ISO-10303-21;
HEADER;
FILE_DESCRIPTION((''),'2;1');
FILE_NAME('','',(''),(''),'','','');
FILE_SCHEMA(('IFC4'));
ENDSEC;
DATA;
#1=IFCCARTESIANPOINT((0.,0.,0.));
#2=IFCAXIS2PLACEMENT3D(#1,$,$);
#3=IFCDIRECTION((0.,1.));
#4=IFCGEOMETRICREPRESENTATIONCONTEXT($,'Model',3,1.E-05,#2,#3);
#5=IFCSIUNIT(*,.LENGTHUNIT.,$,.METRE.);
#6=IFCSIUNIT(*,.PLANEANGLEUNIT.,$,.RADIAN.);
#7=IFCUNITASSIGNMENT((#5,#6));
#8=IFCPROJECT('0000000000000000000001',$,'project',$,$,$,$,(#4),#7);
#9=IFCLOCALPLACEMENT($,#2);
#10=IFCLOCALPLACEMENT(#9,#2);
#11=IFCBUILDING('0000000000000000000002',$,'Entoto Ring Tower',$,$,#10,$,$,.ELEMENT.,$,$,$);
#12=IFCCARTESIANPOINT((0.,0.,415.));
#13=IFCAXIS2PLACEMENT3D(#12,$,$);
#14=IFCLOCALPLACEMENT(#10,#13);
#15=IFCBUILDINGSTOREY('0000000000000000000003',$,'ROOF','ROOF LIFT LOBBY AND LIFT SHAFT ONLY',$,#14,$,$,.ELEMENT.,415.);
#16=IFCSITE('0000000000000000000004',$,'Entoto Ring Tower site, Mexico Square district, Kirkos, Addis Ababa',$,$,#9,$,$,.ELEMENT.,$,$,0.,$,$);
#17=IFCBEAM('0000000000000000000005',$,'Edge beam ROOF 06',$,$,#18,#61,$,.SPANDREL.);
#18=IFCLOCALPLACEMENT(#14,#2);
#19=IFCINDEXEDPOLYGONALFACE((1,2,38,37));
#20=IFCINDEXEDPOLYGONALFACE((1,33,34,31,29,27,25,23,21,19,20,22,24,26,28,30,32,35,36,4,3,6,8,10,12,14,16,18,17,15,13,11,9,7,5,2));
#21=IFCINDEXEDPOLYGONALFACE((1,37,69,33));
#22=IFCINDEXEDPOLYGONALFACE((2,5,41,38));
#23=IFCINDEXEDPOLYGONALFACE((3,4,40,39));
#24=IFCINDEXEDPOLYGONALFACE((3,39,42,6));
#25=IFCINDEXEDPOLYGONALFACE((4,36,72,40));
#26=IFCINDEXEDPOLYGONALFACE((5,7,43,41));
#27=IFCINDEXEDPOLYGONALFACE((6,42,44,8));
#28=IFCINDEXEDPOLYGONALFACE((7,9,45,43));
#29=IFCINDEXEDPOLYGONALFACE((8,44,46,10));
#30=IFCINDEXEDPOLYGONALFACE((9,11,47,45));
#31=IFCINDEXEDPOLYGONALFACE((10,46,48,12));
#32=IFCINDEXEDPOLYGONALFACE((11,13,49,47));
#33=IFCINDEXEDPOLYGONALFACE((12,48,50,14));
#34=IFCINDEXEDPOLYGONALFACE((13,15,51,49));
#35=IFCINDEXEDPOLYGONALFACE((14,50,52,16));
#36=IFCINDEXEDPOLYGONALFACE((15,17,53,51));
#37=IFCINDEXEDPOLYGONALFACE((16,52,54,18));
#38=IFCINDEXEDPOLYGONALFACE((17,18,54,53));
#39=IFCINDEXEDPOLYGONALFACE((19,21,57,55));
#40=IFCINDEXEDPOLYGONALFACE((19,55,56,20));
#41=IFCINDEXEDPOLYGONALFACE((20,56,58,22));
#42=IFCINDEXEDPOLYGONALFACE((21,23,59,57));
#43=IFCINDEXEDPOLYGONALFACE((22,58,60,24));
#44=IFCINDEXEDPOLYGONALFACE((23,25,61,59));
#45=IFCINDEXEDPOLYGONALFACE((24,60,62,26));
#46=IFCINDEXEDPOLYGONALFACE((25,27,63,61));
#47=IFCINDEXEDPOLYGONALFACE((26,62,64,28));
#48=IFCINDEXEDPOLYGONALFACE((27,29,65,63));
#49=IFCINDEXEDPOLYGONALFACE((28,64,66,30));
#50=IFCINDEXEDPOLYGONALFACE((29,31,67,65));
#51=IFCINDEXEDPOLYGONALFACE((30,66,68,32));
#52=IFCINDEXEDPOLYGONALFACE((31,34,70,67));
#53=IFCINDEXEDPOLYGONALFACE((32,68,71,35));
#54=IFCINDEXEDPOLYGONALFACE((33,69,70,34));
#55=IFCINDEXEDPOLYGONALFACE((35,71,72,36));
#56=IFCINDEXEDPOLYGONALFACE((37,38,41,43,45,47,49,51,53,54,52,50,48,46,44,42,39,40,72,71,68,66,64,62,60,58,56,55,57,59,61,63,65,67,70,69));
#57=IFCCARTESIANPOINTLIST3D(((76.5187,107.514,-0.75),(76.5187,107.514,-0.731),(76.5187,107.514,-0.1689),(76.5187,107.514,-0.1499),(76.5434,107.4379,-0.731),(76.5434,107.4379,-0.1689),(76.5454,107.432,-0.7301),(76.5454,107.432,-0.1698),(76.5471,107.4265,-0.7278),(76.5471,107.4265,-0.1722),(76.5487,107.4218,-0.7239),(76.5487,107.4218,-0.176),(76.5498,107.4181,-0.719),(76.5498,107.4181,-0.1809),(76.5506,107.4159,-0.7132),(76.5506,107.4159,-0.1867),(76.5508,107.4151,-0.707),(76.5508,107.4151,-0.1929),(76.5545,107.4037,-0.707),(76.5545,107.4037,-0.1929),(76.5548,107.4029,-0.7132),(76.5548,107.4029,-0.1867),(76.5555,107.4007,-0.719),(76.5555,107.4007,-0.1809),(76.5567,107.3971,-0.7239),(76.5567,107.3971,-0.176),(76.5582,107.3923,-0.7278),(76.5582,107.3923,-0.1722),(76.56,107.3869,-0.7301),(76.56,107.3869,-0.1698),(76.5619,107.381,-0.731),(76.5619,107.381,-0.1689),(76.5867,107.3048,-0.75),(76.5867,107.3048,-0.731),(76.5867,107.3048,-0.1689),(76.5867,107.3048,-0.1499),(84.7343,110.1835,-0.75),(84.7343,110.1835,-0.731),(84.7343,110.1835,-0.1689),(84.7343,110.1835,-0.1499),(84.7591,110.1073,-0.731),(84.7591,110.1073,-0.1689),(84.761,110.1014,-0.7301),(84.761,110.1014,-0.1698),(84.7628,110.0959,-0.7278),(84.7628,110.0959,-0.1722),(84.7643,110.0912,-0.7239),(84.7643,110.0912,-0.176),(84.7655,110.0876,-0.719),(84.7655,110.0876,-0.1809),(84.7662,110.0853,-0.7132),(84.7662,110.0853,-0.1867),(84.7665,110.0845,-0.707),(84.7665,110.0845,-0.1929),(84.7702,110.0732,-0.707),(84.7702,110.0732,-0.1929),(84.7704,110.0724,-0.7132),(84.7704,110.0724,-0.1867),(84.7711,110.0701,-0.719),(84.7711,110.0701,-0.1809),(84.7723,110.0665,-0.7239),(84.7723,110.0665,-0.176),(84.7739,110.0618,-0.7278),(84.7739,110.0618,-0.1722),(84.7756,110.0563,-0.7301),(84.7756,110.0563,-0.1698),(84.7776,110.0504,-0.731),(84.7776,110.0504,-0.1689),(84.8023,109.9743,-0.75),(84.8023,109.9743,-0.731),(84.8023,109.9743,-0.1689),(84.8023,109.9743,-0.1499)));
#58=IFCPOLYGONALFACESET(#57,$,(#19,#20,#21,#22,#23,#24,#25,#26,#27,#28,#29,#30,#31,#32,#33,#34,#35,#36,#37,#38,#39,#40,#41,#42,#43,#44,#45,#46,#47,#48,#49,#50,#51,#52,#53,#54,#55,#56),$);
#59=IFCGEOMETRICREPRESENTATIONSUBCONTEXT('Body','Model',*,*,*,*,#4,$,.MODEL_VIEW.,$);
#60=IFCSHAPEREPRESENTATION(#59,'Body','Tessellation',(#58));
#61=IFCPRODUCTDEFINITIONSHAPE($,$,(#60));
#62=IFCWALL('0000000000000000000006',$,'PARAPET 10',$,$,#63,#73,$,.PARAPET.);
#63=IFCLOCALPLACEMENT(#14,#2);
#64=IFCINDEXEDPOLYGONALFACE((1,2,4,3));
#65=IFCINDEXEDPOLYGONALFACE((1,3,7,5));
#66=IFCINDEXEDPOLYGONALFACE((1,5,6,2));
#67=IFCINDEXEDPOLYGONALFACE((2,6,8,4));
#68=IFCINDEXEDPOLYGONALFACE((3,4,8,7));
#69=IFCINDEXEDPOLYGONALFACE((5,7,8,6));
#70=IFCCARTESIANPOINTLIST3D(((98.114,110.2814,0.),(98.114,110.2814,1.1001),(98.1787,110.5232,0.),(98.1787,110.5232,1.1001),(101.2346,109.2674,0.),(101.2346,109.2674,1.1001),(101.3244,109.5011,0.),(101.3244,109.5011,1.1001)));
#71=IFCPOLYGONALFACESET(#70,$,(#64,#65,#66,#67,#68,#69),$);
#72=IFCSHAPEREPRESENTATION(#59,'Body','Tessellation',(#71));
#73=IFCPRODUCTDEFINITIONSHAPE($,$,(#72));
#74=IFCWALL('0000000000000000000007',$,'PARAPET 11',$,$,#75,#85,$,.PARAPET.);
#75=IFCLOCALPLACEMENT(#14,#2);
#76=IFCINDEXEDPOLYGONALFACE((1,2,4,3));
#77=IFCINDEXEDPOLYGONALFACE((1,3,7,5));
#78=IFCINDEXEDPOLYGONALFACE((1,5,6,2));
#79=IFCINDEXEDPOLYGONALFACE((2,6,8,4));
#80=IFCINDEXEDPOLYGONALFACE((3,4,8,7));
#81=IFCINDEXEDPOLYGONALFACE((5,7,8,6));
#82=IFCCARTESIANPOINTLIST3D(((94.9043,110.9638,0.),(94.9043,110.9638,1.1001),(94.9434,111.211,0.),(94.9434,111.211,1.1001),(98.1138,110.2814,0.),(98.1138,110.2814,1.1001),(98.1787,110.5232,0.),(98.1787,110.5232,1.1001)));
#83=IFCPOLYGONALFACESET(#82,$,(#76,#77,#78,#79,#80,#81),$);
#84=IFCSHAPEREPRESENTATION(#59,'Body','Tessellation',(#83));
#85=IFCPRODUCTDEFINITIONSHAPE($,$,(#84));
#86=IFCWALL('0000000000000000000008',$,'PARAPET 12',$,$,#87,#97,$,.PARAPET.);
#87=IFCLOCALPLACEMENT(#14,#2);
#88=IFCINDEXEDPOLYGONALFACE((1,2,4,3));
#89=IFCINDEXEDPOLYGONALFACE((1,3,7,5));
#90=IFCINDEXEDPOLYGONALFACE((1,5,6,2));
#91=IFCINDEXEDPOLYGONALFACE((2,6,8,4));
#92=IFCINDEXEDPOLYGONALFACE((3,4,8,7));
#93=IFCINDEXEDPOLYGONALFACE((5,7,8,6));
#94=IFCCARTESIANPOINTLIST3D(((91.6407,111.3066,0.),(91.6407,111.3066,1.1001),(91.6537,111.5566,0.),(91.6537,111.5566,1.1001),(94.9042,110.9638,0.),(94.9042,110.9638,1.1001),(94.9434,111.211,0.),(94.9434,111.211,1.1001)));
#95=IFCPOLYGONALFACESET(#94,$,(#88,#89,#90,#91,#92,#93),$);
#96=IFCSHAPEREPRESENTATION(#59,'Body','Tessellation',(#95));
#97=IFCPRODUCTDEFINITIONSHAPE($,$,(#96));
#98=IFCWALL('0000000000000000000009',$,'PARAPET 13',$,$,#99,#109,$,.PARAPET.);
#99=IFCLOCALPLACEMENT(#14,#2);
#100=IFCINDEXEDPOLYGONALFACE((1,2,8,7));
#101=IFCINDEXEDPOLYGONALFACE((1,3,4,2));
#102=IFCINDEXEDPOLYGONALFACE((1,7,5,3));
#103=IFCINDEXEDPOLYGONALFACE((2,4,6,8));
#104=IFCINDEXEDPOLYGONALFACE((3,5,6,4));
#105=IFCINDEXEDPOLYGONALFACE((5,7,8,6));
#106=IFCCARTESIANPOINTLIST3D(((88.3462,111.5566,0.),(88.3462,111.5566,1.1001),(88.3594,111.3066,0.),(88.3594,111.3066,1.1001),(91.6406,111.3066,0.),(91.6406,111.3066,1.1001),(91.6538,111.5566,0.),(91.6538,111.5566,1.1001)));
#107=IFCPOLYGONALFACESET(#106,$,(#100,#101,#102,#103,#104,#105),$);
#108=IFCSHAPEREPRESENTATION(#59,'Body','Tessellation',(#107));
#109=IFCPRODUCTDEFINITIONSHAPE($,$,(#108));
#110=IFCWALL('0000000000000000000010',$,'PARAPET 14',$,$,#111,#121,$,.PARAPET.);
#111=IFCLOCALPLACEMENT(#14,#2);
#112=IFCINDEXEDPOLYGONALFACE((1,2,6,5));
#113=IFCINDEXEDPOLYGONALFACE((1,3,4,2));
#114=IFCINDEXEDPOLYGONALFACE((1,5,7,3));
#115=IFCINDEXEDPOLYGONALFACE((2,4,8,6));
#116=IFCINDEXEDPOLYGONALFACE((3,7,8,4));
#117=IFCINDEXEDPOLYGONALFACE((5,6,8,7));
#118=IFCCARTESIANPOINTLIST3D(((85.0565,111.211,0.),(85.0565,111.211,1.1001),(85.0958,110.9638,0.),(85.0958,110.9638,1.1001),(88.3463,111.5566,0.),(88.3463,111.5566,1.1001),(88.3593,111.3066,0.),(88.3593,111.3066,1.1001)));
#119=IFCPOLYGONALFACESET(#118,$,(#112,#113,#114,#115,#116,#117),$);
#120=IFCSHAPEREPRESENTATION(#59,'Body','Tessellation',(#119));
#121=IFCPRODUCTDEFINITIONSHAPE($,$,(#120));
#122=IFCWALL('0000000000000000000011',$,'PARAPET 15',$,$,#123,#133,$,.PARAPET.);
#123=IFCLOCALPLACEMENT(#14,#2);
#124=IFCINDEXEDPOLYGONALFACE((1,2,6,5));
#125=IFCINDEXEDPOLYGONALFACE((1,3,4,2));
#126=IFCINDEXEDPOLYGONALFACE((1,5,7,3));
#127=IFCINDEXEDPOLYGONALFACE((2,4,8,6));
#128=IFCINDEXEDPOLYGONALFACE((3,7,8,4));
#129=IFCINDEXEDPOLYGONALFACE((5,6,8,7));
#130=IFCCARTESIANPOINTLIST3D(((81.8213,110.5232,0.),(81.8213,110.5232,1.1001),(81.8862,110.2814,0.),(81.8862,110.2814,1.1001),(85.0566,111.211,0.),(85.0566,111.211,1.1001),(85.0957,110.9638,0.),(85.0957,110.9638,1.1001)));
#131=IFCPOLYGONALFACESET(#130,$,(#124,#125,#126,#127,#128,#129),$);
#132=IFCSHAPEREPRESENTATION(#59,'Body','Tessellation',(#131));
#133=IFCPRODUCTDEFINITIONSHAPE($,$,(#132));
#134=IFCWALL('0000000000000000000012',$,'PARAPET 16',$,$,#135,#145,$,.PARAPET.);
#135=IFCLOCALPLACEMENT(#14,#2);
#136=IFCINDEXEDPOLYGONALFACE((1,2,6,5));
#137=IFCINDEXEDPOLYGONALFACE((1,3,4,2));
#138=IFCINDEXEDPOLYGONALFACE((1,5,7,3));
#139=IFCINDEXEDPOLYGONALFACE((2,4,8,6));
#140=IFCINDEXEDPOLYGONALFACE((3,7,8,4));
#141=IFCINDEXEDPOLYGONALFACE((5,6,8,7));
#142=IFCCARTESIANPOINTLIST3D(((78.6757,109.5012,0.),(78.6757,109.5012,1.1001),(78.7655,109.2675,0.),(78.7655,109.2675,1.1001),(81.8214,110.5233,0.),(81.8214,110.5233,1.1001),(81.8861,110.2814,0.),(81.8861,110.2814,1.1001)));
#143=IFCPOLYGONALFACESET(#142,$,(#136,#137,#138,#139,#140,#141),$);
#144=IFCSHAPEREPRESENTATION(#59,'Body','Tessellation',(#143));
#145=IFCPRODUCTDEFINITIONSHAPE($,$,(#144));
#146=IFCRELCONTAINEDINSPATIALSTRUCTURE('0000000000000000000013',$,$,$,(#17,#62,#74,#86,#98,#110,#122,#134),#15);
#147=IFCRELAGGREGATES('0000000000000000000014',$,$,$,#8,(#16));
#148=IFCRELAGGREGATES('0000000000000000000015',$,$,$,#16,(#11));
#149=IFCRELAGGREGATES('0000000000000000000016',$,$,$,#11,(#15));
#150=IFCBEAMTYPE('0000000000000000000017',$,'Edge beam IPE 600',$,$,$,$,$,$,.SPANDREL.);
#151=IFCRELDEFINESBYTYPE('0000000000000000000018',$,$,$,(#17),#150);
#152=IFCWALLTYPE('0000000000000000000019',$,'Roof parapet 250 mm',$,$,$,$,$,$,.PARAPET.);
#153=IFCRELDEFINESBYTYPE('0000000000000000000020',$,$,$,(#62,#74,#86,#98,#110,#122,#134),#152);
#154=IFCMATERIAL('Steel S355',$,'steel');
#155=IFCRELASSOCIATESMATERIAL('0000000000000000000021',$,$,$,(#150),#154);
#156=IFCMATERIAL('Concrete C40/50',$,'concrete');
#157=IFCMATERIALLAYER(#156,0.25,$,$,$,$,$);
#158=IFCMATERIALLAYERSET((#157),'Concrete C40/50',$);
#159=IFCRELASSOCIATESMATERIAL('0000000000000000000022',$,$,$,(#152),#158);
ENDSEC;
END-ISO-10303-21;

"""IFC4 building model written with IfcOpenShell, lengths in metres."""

from ifc_helpers import new_model, si_unit, direction, frame, origin, origin_2d, place, context, subcontext, project, spatial, polyline, i_section, outline, extrude, material, layer, layer_set, material_profile, profile_set, type_object, element, save


model = new_model("IFC4")

# Units and contexts
model_context = context("Model", 3, precision=1e-05, world=origin(), true_north=direction((0.0, 1.0)))
body_context = subcontext(model_context, "Body", "Model", "MODEL_VIEW")
ifc_project = project(units=[si_unit("LENGTHUNIT", "METRE"), si_unit("PLANEANGLEUNIT", "RADIAN")], contexts=[model_context])

# Site, building, storey
site_placement = place(None, origin())
site = spatial("IfcSite", under=ifc_project, at=site_placement, Name="Entoto Ring Tower site, Mexico Square district, Kirkos, Addis Ababa", CompositionType="ELEMENT", RefElevation=0.0)
building_placement = place(site_placement, origin())
building = spatial("IfcBuilding", under=site, at=building_placement, Name="Entoto Ring Tower", CompositionType="ELEMENT")
storey_placement = place(building_placement, frame((0.0, 0.0, 415.0)))
storey = spatial("IfcBuildingStorey", under=building, at=storey_placement, Name="ROOF", Description="ROOF LIFT LOBBY AND LIFT SHAFT ONLY", CompositionType="ELEMENT", Elevation=415.0)

# Beam
ifc_material_1 = material(Name="Steel S355", Category="steel")
ifc_material_profile_1 = material_profile(ifc_material_1, i_section(OverallWidth=0.22, OverallDepth=0.6001, WebThickness=0.012, FlangeThickness=0.019, FilletRadius=0.0239, at=origin_2d()), Name="IPE 600")
ifc_profile_set_1 = profile_set([ifc_material_profile_1], Name="Steel S355")
beam_type_1 = type_object("IfcBeamType", Name="Edge beam IPE 600", PredefinedType="SPANDREL", material=ifc_profile_set_1)
beam_1_placement = place(storey_placement, frame((84.7683, 110.0789, -0.45), z_axis=(-0.951055, -0.30902, 0.0), x_axis=(0.30902, -0.951055, 0.0)))
element("IfcBeam", 1, at=beam_1_placement, inside=storey, type_object=beam_type_1, Name="Edge beam ROOF 06", PredefinedType="SPANDREL", context=body_context, shape_type="SweptSolid", body=[
    extrude(i_section(OverallWidth=0.22, OverallDepth=0.6001, WebThickness=0.012, FlangeThickness=0.019, FilletRadius=0.0239, at=origin_2d()), origin(), (0.0, 0.0, 1.0), 8.6384),
])

# Walls
ifc_material_2 = material(Name="Concrete C40/50", Category="concrete")
ifc_layer = layer(ifc_material_2, 0.25)
ifc_layer_set = layer_set([ifc_layer], Name="Concrete C40/50")
wall_type = type_object("IfcWallType", Name="Roof parapet 250 mm", PredefinedType="PARAPET", material=ifc_layer_set)
for number, where, z_axis, x_axis, name in (
    (2, (101.2795, 109.3843, 0.0), (0.0, 0.0, 1.0), (-0.951057, 0.309016, 0.0), "PARAPET 10"),
    (3, (98.1462, 110.4023, 0.0), (0.0, 0.0, 1.0), (-0.978141, 0.207945, 0.0), "PARAPET 11"),
):
    element("IfcWall", number, at=place(storey_placement, frame(where, z_axis=z_axis, x_axis=x_axis)), inside=storey, type_object=wall_type, Name=name, PredefinedType="PARAPET", context=body_context, shape_type="SweptSolid", body=[
        extrude(outline(polyline([(-0.0066, -0.125), (3.301, -0.125), (3.2878, 0.125), (0.0066, 0.125), (-0.0066, -0.125)])), origin(), (0.0, 0.0, 1.0), 1.1001),
    ])
wall_1_placement = place(storey_placement, frame((94.9238, 111.0874, 0.0), z_axis=(0.0, 0.0, 1.0), x_axis=(-0.994527, 0.104484, 0.0)))
element("IfcWall", 4, at=wall_1_placement, inside=storey, type_object=wall_type, Name="PARAPET 12", PredefinedType="PARAPET", context=body_context, shape_type="SweptSolid", body=[
    extrude(outline(polyline([(-0.0066, -0.125), (3.3013, -0.125), (3.2881, 0.125), (0.0066, 0.125), (-0.0066, -0.125)])), origin(), (0.0, 0.0, 1.0), 1.1001),
])
wall_2_placement = place(storey_placement, frame((91.6472, 111.4316, 0.0), z_axis=(0.0, 0.0, 1.0), x_axis=(-1.0, 0.0, 0.0)))
element("IfcWall", 5, at=wall_2_placement, inside=storey, type_object=wall_type, Name="PARAPET 13", PredefinedType="PARAPET", context=body_context, shape_type="SweptSolid", body=[
    extrude(outline(polyline([(-0.0066, -0.125), (3.301, -0.125), (3.2878, 0.125), (0.0066, 0.125), (-0.0066, -0.125)])), origin(), (0.0, 0.0, 1.0), 1.1001),
])
wall_3_placement = place(storey_placement, frame((88.3528, 111.4316, 0.0), z_axis=(0.0, 0.0, 1.0), x_axis=(-0.994527, -0.104484, 0.0)))
element("IfcWall", 6, at=wall_3_placement, inside=storey, type_object=wall_type, Name="PARAPET 14", PredefinedType="PARAPET", context=body_context, shape_type="SweptSolid", body=[
    extrude(outline(polyline([(-0.0066, -0.125), (3.3013, -0.125), (3.2881, 0.125), (0.0066, 0.125), (-0.0066, -0.125)])), origin(), (0.0, 0.0, 1.0), 1.1001),
])
for number, where, z_axis, x_axis, name in (
    (7, (85.0762, 111.0874, 0.0), (0.0, 0.0, 1.0), (-0.978141, -0.207945, 0.0), "PARAPET 15"),
    (8, (81.8538, 110.4023, 0.0), (0.0, 0.0, 1.0), (-0.951057, -0.309016, 0.0), "PARAPET 16"),
):
    element("IfcWall", number, at=place(storey_placement, frame(where, z_axis=z_axis, x_axis=x_axis)), inside=storey, type_object=wall_type, Name=name, PredefinedType="PARAPET", context=body_context, shape_type="SweptSolid", body=[
        extrude(outline(polyline([(-0.0066, -0.125), (3.301, -0.125), (3.2878, 0.125), (0.0066, 0.125), (-0.0066, -0.125)])), origin(), (0.0, 0.0, 1.0), 1.1001),
    ])

save(model, "model.ifc")
